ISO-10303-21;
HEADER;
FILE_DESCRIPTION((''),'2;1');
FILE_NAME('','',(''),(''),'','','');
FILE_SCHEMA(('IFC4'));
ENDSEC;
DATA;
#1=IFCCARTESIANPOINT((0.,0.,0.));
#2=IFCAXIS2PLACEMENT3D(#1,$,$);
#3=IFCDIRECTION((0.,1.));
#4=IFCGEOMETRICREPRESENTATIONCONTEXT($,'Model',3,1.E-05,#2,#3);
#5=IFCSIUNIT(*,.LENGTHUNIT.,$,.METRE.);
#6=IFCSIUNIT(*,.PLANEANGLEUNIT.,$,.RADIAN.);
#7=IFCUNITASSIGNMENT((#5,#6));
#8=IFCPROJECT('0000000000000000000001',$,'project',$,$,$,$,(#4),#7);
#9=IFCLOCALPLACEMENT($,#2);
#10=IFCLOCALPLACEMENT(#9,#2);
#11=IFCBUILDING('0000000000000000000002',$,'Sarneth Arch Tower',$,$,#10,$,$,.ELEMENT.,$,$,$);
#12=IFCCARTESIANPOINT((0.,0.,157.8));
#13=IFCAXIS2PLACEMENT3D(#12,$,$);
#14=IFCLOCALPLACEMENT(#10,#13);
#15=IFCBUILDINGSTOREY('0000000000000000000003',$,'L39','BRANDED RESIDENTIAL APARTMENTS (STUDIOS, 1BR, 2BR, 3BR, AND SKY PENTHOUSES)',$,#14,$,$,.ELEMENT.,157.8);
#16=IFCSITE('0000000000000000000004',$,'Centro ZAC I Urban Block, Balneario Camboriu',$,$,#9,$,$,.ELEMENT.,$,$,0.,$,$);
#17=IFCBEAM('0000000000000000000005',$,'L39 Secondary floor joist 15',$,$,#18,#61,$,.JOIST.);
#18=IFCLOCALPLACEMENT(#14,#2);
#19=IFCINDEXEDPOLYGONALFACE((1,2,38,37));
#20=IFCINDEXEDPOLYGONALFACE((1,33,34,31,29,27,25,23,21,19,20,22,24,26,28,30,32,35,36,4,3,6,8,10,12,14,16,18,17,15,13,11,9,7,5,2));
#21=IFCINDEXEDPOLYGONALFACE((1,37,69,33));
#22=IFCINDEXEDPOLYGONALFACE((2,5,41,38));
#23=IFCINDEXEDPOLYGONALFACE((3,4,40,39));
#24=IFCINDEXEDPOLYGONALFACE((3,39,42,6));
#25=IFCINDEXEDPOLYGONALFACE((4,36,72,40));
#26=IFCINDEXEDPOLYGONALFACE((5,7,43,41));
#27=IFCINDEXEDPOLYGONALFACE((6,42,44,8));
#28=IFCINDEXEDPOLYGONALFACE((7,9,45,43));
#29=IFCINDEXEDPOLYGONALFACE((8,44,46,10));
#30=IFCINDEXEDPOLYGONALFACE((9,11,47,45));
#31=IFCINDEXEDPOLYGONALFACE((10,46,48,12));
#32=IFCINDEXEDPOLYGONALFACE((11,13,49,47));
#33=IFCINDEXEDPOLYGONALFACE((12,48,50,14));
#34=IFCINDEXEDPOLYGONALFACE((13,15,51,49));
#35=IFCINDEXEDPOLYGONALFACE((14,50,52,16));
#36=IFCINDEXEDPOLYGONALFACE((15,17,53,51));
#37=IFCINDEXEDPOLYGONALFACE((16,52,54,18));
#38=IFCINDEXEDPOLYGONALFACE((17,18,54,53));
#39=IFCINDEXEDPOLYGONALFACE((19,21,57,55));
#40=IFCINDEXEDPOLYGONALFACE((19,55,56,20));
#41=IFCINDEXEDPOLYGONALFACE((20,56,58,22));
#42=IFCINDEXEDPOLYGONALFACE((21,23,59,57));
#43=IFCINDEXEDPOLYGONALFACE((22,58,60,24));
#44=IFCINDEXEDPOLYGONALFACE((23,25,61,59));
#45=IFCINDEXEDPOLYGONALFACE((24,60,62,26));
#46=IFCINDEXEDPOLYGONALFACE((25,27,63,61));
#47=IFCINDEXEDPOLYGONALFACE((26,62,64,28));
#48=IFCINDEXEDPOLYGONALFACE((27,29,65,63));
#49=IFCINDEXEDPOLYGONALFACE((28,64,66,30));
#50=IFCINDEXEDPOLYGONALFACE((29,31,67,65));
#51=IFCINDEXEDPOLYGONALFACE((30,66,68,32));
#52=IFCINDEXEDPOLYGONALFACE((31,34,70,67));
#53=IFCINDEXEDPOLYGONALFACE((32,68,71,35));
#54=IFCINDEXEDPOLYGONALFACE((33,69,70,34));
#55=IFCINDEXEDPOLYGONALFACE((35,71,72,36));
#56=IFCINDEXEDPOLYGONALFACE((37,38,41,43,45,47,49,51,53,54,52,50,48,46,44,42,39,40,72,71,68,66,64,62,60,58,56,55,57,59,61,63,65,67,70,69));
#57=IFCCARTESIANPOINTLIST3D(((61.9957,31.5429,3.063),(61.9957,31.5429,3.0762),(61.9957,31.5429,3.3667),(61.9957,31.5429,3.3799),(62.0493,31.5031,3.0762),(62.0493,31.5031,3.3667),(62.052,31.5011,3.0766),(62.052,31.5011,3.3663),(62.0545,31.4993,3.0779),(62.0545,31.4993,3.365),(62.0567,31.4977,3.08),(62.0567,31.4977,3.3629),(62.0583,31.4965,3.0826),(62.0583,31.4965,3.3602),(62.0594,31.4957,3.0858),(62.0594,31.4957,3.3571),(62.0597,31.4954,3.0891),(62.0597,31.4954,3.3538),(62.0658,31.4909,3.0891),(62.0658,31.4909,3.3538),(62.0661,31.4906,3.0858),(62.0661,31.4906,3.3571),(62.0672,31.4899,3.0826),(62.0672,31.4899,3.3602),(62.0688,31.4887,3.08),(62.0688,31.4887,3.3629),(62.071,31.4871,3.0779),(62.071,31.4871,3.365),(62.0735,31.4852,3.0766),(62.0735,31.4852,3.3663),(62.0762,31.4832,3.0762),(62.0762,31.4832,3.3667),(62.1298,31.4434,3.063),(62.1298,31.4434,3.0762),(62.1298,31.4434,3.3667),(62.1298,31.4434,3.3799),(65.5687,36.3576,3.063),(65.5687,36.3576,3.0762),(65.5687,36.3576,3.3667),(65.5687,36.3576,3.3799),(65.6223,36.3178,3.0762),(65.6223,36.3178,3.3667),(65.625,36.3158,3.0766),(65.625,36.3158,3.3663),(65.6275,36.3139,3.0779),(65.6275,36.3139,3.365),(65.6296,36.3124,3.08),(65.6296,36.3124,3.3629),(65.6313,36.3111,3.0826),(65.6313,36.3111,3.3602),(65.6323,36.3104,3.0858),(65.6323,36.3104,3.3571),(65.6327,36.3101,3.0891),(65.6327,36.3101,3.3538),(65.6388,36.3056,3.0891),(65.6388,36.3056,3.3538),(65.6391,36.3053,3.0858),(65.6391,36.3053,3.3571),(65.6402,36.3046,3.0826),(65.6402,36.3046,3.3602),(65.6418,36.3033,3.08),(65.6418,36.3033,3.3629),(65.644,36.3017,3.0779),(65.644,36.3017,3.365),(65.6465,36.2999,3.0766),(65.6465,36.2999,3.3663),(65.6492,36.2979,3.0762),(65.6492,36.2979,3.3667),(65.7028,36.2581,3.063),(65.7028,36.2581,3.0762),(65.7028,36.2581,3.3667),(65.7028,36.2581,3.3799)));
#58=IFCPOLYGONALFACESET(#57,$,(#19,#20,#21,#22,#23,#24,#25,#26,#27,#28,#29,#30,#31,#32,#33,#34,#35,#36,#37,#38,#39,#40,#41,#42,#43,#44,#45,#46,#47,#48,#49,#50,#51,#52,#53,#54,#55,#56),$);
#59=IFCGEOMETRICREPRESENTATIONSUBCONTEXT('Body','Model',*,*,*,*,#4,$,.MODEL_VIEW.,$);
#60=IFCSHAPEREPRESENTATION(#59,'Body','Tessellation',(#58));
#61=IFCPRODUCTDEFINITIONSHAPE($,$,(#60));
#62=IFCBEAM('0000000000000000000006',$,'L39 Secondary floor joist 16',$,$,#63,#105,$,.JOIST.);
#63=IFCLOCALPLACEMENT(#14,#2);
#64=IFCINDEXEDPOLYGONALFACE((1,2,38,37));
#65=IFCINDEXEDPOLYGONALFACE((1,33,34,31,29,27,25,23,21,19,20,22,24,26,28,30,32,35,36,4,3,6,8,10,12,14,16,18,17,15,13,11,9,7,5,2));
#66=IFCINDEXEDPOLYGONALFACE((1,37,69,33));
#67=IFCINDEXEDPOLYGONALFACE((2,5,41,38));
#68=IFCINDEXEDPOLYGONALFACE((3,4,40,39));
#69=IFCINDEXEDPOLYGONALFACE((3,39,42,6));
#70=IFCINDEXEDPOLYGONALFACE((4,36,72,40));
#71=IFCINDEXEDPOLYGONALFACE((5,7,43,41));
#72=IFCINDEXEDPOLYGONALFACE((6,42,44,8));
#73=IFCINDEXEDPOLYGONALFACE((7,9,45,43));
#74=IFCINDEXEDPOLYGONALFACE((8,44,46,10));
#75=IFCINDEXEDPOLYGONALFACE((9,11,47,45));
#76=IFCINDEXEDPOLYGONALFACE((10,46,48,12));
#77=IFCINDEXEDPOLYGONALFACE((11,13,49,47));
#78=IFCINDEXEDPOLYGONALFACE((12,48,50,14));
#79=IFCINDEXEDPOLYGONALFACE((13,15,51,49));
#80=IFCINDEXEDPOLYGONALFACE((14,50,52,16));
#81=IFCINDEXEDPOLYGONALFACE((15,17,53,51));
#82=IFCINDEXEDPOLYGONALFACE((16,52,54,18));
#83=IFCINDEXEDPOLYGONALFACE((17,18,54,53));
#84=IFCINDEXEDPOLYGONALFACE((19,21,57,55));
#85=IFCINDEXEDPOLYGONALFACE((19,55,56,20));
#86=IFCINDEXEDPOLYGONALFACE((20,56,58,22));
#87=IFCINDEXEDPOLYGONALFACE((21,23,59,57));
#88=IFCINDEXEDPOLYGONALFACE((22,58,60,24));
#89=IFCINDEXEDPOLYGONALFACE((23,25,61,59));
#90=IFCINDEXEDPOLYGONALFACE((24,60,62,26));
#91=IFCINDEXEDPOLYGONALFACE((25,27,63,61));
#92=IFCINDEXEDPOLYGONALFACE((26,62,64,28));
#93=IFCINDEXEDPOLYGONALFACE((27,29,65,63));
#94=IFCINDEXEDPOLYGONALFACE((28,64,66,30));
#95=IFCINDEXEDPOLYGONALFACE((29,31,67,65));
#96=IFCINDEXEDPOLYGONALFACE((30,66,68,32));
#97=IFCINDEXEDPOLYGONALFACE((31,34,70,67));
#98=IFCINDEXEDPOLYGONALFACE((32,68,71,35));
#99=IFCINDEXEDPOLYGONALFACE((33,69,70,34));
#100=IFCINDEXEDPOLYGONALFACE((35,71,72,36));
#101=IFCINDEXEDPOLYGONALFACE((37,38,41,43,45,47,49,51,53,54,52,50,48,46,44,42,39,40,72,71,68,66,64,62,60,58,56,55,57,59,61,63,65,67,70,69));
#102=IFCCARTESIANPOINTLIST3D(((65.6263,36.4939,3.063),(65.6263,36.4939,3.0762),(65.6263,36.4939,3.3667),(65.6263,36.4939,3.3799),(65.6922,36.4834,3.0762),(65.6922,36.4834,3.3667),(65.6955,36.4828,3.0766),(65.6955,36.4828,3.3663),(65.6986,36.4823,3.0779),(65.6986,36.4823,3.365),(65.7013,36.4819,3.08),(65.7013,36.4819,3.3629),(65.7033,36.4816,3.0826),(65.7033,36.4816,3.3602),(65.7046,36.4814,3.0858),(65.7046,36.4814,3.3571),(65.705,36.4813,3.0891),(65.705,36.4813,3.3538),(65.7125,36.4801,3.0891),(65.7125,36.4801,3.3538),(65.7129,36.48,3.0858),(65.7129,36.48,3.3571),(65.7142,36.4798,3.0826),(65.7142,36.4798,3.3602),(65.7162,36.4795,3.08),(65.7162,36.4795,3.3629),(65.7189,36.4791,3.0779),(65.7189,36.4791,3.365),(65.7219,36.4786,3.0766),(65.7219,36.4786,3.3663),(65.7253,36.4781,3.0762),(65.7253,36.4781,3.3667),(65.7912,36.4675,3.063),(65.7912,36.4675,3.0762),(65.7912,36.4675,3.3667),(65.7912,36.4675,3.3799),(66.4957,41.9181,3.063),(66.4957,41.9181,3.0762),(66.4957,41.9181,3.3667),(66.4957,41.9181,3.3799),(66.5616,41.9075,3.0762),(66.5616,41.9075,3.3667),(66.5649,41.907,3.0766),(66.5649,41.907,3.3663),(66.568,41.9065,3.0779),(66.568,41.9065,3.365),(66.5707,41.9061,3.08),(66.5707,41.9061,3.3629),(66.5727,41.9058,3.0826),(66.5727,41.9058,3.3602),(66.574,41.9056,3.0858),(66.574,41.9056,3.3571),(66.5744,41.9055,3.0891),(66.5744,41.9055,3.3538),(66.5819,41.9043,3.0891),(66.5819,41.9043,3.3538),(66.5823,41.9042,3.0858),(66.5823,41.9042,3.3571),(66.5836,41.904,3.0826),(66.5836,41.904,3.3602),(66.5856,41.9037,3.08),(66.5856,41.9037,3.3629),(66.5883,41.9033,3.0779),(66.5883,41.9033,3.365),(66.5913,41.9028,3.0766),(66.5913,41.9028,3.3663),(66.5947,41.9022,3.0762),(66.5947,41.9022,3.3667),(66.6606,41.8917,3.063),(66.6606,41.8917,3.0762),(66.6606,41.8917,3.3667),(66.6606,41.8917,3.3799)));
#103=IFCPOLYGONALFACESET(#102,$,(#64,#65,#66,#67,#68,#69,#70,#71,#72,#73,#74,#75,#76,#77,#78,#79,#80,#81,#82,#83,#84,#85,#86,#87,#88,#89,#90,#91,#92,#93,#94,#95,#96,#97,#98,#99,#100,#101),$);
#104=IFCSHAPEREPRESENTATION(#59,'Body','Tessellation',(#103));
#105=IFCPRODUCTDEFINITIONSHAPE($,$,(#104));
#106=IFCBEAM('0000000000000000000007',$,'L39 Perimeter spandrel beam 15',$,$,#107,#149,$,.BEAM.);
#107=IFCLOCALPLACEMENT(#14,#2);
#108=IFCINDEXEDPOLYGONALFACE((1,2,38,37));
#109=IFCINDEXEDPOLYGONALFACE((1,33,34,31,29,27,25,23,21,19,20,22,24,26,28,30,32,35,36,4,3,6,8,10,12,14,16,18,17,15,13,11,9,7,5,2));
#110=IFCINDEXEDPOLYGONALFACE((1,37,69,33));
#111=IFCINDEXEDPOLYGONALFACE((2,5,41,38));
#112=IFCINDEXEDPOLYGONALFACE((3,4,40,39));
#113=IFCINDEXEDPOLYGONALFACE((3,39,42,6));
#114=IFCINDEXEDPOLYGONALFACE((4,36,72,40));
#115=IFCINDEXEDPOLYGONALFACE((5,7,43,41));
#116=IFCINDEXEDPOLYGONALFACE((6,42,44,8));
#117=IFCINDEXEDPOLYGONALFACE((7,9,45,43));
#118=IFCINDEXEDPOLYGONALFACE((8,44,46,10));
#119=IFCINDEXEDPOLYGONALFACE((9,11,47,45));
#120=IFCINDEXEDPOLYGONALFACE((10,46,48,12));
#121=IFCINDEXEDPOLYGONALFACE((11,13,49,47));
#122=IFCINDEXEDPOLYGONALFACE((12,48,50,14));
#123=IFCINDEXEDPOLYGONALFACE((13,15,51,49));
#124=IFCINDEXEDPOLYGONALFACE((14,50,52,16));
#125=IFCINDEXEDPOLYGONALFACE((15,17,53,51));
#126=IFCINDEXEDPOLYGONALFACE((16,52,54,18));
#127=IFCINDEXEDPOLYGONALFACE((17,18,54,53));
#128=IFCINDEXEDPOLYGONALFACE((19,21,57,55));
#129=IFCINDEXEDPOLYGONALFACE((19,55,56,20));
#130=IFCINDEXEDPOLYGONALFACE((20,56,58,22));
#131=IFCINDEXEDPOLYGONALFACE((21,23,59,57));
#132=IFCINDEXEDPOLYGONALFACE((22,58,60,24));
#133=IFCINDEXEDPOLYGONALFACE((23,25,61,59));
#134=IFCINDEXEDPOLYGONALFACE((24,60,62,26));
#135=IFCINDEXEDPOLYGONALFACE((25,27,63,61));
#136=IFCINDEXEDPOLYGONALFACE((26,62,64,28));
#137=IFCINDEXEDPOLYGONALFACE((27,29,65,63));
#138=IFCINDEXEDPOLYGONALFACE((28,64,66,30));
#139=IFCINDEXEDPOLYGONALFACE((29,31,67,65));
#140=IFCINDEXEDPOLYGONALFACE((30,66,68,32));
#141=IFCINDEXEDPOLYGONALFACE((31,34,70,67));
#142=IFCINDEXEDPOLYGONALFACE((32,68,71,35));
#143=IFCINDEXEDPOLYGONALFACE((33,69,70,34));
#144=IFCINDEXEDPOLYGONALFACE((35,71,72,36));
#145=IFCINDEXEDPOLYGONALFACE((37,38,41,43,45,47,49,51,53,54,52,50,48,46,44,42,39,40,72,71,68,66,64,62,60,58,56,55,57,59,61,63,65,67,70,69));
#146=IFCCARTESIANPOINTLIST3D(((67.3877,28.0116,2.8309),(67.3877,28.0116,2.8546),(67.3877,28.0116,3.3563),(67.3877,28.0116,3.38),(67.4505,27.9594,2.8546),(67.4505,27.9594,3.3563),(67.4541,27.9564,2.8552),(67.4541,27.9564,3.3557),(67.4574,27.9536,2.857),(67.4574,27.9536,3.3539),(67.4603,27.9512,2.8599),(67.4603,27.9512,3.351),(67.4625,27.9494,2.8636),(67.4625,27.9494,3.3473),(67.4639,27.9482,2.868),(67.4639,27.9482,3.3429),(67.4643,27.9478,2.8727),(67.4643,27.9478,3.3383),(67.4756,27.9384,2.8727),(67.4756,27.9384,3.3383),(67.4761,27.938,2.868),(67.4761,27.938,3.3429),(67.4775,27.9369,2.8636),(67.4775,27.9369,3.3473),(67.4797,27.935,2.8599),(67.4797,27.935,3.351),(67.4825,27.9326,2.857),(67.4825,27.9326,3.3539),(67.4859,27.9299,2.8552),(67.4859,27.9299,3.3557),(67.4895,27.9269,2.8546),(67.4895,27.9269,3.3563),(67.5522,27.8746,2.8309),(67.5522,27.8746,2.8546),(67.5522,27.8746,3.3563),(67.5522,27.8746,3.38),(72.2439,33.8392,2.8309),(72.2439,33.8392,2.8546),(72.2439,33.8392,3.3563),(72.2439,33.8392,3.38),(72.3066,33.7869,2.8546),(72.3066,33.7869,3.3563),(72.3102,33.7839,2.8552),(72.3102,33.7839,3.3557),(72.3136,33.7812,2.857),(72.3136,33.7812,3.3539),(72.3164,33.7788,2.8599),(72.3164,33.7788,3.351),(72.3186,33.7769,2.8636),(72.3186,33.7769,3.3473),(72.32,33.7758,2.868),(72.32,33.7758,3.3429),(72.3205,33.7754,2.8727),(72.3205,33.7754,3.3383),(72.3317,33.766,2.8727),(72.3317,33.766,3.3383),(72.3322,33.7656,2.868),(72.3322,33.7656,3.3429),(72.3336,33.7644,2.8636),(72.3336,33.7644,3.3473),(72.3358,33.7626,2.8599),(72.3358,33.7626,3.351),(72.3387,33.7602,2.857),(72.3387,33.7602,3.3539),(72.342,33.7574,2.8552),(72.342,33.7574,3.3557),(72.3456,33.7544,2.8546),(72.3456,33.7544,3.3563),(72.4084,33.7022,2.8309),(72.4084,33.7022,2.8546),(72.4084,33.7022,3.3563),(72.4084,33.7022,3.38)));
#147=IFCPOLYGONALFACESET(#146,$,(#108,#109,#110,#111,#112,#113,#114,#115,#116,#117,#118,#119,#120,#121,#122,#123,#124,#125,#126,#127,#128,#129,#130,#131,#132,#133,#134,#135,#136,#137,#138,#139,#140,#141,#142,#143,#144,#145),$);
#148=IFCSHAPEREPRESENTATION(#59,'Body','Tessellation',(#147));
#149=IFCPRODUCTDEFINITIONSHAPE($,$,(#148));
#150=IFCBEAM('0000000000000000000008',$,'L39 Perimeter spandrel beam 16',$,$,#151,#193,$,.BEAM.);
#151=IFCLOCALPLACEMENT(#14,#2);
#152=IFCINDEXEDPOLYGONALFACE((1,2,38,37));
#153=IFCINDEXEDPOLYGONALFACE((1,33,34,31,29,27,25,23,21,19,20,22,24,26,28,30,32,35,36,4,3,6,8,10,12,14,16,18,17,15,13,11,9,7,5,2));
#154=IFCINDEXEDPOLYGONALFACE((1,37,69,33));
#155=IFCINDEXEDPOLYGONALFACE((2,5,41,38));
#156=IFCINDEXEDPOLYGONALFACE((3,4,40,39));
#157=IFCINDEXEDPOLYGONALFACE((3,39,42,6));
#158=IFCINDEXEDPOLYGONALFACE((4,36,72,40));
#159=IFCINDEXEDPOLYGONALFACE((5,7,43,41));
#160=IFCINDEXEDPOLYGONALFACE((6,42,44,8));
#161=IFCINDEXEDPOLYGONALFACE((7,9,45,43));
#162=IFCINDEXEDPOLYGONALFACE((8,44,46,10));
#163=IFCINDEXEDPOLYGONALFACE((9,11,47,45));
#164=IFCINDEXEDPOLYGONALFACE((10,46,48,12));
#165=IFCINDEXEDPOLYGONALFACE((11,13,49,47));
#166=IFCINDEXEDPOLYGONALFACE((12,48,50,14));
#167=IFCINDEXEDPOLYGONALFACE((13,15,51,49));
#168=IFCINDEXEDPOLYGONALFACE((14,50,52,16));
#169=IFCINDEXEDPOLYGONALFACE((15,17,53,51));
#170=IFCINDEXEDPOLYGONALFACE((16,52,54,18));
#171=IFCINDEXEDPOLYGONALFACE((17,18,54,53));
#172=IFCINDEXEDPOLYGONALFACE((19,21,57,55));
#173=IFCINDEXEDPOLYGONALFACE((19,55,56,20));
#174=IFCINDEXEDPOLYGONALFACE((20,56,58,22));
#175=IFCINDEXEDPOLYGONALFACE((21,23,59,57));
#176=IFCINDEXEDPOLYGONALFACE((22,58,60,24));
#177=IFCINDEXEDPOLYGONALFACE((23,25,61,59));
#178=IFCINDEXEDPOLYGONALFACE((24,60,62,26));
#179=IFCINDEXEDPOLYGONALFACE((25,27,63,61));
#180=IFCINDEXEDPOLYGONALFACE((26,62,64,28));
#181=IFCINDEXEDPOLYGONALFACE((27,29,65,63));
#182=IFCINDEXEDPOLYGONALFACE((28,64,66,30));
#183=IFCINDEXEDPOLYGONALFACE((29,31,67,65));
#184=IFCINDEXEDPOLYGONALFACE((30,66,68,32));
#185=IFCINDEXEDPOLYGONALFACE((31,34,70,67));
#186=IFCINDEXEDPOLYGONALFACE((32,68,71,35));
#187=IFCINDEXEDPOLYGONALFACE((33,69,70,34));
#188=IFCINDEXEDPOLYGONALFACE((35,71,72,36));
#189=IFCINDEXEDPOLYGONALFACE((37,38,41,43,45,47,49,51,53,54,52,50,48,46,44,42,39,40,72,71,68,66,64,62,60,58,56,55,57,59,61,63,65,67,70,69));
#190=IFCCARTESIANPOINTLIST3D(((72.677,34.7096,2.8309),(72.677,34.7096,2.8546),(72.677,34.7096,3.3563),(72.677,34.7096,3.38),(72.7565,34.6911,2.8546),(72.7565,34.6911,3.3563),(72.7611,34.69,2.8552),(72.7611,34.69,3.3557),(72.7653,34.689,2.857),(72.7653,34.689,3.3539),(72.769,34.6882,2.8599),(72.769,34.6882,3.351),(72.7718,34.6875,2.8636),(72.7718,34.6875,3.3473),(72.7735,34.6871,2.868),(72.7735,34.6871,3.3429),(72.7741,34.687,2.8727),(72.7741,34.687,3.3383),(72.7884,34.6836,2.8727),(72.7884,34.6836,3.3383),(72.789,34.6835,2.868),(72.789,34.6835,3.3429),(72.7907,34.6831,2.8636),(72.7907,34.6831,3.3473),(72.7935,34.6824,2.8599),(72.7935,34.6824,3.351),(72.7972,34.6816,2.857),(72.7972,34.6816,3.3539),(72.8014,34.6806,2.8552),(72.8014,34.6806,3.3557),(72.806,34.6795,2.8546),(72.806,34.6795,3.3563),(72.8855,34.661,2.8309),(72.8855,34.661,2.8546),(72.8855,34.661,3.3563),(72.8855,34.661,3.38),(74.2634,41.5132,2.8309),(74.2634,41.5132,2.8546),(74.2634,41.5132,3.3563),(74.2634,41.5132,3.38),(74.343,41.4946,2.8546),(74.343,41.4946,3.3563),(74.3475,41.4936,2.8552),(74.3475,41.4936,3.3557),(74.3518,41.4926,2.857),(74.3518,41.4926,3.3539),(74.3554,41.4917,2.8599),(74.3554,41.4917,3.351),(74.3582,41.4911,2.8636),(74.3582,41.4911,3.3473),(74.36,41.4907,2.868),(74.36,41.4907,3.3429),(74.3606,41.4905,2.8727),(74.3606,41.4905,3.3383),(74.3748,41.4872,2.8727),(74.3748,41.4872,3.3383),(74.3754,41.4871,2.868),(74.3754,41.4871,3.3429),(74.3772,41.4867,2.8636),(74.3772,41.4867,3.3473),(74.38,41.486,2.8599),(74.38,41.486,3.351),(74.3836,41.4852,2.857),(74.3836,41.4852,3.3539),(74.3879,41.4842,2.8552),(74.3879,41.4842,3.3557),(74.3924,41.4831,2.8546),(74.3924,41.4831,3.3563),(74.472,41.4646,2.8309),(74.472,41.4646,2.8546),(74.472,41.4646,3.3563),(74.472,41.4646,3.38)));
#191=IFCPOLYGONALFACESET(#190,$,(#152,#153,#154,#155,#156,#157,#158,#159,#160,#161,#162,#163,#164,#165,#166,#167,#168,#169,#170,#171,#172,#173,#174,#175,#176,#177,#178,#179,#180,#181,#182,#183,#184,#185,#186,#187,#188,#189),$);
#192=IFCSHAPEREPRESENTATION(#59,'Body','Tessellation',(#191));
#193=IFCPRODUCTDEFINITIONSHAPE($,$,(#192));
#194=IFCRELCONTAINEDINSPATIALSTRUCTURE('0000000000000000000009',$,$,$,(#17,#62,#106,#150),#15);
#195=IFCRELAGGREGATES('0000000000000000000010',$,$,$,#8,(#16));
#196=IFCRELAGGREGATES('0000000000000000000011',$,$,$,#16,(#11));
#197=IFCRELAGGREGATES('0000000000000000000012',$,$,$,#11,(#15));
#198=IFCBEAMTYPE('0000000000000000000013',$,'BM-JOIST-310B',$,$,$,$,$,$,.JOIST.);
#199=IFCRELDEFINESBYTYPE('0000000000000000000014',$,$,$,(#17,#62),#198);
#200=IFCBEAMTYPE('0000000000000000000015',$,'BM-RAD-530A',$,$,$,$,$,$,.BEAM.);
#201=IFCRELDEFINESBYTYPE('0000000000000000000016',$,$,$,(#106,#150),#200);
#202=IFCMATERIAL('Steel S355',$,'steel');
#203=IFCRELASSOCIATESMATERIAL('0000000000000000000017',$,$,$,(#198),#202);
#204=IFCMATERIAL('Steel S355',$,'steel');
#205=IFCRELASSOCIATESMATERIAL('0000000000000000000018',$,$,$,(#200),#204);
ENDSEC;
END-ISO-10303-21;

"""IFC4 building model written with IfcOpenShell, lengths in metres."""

from ifc_helpers import new_model, si_unit, direction, frame, origin, origin_2d, place, context, subcontext, project, spatial, i_section, extrude, material, material_profile, profile_set, type_object, element, save


model = new_model("IFC4")

# Units and contexts
model_context = context("Model", 3, precision=1e-05, world=origin(), true_north=direction((0.0, 1.0)))
body_context = subcontext(model_context, "Body", "Model", "MODEL_VIEW")
ifc_project = project(units=[si_unit("LENGTHUNIT", "METRE"), si_unit("PLANEANGLEUNIT", "RADIAN")], contexts=[model_context])

# Site, building, storey
site_placement = place(None, origin())
site = spatial("IfcSite", under=ifc_project, at=site_placement, Name="Centro ZAC I Urban Block, Balneario Camboriu", CompositionType="ELEMENT", RefElevation=0.0)
building_placement = place(site_placement, origin())
building = spatial("IfcBuilding", under=site, at=building_placement, Name="Sarneth Arch Tower", CompositionType="ELEMENT")
storey_placement = place(building_placement, frame((0.0, 0.0, 157.8)))
storey = spatial("IfcBuildingStorey", under=building, at=storey_placement, Name="L39", Description="BRANDED RESIDENTIAL APARTMENTS (STUDIOS, 1BR, 2BR, 3BR, AND SKY PENTHOUSES)", CompositionType="ELEMENT", Elevation=157.8)

# Beams
ifc_material_1 = material(Name="Steel S355", Category="steel")
ifc_material_profile_1 = material_profile(ifc_material_1, i_section(OverallWidth=0.167, OverallDepth=0.3169, WebThickness=0.0076, FlangeThickness=0.0132, FilletRadius=0.0129, at=origin_2d()), Name="W310x52")
ifc_profile_set_1 = profile_set([ifc_material_profile_1], Name="Steel S355")
beam_type_1 = type_object("IfcBeamType", Name="BM-JOIST-310B", PredefinedType="JOIST", material=ifc_profile_set_1)
beam_1_placement = place(storey_placement, frame((62.0627, 31.4932, 3.2214), z_axis=(0.595933, 0.803034, 0.0), x_axis=(-0.803034, 0.595933, 0.0)))
element("IfcBeam", 1, at=beam_1_placement, inside=storey, type_object=beam_type_1, Name="L39 Secondary floor joist 15", PredefinedType="JOIST", context=body_context, shape_type="SweptSolid", body=[
    extrude(i_section(OverallWidth=0.167, OverallDepth=0.3169, WebThickness=0.0076, FlangeThickness=0.0132, FilletRadius=0.0129, at=origin_2d()), origin(), (0.0, 0.0, 1.0), 5.9956),
])
beam_2_placement = place(storey_placement, frame((65.7087, 36.4807, 3.2214), z_axis=(0.158263, 0.987397, 0.0), x_axis=(-0.987397, 0.158263, 0.0)))
element("IfcBeam", 2, at=beam_2_placement, inside=storey, type_object=beam_type_1, Name="L39 Secondary floor joist 16", PredefinedType="JOIST", context=body_context, shape_type="SweptSolid", body=[
    extrude(i_section(OverallWidth=0.167, OverallDepth=0.3169, WebThickness=0.0076, FlangeThickness=0.0132, FilletRadius=0.0129, at=origin_2d()), origin(), (0.0, 0.0, 1.0), 5.4934),
])
ifc_material_2 = material(Name="Steel S355", Category="steel")
ifc_material_profile_2 = material_profile(ifc_material_2, i_section(OverallWidth=0.2141, OverallDepth=0.5491, WebThickness=0.0146, FlangeThickness=0.0237, FilletRadius=0.0181, at=origin_2d()), Name="W530x138")
ifc_profile_set_2 = profile_set([ifc_material_profile_2], Name="Steel S355")
beam_type_2 = type_object("IfcBeamType", Name="BM-RAD-530A", PredefinedType="BEAM", material=ifc_profile_set_2)
beam_3_placement = place(storey_placement, frame((67.47, 27.9431, 3.1055), z_axis=(0.640172, 0.768232, 0.0), x_axis=(-0.768232, 0.640172, 0.0)))
element("IfcBeam", 3, at=beam_3_placement, inside=storey, type_object=beam_type_2, Name="L39 Perimeter spandrel beam 15", PredefinedType="BEAM", context=body_context, shape_type="SweptSolid", body=[
    extrude(i_section(OverallWidth=0.2141, OverallDepth=0.5491, WebThickness=0.0146, FlangeThickness=0.0237, FilletRadius=0.0181, at=origin_2d()), origin(), (0.0, 0.0, 1.0), 7.5857),
])
beam_4_placement = place(storey_placement, frame((72.7812, 34.6853, 3.1055), z_axis=(0.227087, 0.973874, 0.0), x_axis=(-0.973874, 0.227087, 0.0)))
element("IfcBeam", 4, at=beam_4_placement, inside=storey, type_object=beam_type_2, Name="L39 Perimeter spandrel beam 16", PredefinedType="BEAM", context=body_context, shape_type="SweptSolid", body=[
    extrude(i_section(OverallWidth=0.2141, OverallDepth=0.5491, WebThickness=0.0146, FlangeThickness=0.0237, FilletRadius=0.0181, at=origin_2d()), origin(), (0.0, 0.0, 1.0), 6.9861),
])

save(model, "model.ifc")
